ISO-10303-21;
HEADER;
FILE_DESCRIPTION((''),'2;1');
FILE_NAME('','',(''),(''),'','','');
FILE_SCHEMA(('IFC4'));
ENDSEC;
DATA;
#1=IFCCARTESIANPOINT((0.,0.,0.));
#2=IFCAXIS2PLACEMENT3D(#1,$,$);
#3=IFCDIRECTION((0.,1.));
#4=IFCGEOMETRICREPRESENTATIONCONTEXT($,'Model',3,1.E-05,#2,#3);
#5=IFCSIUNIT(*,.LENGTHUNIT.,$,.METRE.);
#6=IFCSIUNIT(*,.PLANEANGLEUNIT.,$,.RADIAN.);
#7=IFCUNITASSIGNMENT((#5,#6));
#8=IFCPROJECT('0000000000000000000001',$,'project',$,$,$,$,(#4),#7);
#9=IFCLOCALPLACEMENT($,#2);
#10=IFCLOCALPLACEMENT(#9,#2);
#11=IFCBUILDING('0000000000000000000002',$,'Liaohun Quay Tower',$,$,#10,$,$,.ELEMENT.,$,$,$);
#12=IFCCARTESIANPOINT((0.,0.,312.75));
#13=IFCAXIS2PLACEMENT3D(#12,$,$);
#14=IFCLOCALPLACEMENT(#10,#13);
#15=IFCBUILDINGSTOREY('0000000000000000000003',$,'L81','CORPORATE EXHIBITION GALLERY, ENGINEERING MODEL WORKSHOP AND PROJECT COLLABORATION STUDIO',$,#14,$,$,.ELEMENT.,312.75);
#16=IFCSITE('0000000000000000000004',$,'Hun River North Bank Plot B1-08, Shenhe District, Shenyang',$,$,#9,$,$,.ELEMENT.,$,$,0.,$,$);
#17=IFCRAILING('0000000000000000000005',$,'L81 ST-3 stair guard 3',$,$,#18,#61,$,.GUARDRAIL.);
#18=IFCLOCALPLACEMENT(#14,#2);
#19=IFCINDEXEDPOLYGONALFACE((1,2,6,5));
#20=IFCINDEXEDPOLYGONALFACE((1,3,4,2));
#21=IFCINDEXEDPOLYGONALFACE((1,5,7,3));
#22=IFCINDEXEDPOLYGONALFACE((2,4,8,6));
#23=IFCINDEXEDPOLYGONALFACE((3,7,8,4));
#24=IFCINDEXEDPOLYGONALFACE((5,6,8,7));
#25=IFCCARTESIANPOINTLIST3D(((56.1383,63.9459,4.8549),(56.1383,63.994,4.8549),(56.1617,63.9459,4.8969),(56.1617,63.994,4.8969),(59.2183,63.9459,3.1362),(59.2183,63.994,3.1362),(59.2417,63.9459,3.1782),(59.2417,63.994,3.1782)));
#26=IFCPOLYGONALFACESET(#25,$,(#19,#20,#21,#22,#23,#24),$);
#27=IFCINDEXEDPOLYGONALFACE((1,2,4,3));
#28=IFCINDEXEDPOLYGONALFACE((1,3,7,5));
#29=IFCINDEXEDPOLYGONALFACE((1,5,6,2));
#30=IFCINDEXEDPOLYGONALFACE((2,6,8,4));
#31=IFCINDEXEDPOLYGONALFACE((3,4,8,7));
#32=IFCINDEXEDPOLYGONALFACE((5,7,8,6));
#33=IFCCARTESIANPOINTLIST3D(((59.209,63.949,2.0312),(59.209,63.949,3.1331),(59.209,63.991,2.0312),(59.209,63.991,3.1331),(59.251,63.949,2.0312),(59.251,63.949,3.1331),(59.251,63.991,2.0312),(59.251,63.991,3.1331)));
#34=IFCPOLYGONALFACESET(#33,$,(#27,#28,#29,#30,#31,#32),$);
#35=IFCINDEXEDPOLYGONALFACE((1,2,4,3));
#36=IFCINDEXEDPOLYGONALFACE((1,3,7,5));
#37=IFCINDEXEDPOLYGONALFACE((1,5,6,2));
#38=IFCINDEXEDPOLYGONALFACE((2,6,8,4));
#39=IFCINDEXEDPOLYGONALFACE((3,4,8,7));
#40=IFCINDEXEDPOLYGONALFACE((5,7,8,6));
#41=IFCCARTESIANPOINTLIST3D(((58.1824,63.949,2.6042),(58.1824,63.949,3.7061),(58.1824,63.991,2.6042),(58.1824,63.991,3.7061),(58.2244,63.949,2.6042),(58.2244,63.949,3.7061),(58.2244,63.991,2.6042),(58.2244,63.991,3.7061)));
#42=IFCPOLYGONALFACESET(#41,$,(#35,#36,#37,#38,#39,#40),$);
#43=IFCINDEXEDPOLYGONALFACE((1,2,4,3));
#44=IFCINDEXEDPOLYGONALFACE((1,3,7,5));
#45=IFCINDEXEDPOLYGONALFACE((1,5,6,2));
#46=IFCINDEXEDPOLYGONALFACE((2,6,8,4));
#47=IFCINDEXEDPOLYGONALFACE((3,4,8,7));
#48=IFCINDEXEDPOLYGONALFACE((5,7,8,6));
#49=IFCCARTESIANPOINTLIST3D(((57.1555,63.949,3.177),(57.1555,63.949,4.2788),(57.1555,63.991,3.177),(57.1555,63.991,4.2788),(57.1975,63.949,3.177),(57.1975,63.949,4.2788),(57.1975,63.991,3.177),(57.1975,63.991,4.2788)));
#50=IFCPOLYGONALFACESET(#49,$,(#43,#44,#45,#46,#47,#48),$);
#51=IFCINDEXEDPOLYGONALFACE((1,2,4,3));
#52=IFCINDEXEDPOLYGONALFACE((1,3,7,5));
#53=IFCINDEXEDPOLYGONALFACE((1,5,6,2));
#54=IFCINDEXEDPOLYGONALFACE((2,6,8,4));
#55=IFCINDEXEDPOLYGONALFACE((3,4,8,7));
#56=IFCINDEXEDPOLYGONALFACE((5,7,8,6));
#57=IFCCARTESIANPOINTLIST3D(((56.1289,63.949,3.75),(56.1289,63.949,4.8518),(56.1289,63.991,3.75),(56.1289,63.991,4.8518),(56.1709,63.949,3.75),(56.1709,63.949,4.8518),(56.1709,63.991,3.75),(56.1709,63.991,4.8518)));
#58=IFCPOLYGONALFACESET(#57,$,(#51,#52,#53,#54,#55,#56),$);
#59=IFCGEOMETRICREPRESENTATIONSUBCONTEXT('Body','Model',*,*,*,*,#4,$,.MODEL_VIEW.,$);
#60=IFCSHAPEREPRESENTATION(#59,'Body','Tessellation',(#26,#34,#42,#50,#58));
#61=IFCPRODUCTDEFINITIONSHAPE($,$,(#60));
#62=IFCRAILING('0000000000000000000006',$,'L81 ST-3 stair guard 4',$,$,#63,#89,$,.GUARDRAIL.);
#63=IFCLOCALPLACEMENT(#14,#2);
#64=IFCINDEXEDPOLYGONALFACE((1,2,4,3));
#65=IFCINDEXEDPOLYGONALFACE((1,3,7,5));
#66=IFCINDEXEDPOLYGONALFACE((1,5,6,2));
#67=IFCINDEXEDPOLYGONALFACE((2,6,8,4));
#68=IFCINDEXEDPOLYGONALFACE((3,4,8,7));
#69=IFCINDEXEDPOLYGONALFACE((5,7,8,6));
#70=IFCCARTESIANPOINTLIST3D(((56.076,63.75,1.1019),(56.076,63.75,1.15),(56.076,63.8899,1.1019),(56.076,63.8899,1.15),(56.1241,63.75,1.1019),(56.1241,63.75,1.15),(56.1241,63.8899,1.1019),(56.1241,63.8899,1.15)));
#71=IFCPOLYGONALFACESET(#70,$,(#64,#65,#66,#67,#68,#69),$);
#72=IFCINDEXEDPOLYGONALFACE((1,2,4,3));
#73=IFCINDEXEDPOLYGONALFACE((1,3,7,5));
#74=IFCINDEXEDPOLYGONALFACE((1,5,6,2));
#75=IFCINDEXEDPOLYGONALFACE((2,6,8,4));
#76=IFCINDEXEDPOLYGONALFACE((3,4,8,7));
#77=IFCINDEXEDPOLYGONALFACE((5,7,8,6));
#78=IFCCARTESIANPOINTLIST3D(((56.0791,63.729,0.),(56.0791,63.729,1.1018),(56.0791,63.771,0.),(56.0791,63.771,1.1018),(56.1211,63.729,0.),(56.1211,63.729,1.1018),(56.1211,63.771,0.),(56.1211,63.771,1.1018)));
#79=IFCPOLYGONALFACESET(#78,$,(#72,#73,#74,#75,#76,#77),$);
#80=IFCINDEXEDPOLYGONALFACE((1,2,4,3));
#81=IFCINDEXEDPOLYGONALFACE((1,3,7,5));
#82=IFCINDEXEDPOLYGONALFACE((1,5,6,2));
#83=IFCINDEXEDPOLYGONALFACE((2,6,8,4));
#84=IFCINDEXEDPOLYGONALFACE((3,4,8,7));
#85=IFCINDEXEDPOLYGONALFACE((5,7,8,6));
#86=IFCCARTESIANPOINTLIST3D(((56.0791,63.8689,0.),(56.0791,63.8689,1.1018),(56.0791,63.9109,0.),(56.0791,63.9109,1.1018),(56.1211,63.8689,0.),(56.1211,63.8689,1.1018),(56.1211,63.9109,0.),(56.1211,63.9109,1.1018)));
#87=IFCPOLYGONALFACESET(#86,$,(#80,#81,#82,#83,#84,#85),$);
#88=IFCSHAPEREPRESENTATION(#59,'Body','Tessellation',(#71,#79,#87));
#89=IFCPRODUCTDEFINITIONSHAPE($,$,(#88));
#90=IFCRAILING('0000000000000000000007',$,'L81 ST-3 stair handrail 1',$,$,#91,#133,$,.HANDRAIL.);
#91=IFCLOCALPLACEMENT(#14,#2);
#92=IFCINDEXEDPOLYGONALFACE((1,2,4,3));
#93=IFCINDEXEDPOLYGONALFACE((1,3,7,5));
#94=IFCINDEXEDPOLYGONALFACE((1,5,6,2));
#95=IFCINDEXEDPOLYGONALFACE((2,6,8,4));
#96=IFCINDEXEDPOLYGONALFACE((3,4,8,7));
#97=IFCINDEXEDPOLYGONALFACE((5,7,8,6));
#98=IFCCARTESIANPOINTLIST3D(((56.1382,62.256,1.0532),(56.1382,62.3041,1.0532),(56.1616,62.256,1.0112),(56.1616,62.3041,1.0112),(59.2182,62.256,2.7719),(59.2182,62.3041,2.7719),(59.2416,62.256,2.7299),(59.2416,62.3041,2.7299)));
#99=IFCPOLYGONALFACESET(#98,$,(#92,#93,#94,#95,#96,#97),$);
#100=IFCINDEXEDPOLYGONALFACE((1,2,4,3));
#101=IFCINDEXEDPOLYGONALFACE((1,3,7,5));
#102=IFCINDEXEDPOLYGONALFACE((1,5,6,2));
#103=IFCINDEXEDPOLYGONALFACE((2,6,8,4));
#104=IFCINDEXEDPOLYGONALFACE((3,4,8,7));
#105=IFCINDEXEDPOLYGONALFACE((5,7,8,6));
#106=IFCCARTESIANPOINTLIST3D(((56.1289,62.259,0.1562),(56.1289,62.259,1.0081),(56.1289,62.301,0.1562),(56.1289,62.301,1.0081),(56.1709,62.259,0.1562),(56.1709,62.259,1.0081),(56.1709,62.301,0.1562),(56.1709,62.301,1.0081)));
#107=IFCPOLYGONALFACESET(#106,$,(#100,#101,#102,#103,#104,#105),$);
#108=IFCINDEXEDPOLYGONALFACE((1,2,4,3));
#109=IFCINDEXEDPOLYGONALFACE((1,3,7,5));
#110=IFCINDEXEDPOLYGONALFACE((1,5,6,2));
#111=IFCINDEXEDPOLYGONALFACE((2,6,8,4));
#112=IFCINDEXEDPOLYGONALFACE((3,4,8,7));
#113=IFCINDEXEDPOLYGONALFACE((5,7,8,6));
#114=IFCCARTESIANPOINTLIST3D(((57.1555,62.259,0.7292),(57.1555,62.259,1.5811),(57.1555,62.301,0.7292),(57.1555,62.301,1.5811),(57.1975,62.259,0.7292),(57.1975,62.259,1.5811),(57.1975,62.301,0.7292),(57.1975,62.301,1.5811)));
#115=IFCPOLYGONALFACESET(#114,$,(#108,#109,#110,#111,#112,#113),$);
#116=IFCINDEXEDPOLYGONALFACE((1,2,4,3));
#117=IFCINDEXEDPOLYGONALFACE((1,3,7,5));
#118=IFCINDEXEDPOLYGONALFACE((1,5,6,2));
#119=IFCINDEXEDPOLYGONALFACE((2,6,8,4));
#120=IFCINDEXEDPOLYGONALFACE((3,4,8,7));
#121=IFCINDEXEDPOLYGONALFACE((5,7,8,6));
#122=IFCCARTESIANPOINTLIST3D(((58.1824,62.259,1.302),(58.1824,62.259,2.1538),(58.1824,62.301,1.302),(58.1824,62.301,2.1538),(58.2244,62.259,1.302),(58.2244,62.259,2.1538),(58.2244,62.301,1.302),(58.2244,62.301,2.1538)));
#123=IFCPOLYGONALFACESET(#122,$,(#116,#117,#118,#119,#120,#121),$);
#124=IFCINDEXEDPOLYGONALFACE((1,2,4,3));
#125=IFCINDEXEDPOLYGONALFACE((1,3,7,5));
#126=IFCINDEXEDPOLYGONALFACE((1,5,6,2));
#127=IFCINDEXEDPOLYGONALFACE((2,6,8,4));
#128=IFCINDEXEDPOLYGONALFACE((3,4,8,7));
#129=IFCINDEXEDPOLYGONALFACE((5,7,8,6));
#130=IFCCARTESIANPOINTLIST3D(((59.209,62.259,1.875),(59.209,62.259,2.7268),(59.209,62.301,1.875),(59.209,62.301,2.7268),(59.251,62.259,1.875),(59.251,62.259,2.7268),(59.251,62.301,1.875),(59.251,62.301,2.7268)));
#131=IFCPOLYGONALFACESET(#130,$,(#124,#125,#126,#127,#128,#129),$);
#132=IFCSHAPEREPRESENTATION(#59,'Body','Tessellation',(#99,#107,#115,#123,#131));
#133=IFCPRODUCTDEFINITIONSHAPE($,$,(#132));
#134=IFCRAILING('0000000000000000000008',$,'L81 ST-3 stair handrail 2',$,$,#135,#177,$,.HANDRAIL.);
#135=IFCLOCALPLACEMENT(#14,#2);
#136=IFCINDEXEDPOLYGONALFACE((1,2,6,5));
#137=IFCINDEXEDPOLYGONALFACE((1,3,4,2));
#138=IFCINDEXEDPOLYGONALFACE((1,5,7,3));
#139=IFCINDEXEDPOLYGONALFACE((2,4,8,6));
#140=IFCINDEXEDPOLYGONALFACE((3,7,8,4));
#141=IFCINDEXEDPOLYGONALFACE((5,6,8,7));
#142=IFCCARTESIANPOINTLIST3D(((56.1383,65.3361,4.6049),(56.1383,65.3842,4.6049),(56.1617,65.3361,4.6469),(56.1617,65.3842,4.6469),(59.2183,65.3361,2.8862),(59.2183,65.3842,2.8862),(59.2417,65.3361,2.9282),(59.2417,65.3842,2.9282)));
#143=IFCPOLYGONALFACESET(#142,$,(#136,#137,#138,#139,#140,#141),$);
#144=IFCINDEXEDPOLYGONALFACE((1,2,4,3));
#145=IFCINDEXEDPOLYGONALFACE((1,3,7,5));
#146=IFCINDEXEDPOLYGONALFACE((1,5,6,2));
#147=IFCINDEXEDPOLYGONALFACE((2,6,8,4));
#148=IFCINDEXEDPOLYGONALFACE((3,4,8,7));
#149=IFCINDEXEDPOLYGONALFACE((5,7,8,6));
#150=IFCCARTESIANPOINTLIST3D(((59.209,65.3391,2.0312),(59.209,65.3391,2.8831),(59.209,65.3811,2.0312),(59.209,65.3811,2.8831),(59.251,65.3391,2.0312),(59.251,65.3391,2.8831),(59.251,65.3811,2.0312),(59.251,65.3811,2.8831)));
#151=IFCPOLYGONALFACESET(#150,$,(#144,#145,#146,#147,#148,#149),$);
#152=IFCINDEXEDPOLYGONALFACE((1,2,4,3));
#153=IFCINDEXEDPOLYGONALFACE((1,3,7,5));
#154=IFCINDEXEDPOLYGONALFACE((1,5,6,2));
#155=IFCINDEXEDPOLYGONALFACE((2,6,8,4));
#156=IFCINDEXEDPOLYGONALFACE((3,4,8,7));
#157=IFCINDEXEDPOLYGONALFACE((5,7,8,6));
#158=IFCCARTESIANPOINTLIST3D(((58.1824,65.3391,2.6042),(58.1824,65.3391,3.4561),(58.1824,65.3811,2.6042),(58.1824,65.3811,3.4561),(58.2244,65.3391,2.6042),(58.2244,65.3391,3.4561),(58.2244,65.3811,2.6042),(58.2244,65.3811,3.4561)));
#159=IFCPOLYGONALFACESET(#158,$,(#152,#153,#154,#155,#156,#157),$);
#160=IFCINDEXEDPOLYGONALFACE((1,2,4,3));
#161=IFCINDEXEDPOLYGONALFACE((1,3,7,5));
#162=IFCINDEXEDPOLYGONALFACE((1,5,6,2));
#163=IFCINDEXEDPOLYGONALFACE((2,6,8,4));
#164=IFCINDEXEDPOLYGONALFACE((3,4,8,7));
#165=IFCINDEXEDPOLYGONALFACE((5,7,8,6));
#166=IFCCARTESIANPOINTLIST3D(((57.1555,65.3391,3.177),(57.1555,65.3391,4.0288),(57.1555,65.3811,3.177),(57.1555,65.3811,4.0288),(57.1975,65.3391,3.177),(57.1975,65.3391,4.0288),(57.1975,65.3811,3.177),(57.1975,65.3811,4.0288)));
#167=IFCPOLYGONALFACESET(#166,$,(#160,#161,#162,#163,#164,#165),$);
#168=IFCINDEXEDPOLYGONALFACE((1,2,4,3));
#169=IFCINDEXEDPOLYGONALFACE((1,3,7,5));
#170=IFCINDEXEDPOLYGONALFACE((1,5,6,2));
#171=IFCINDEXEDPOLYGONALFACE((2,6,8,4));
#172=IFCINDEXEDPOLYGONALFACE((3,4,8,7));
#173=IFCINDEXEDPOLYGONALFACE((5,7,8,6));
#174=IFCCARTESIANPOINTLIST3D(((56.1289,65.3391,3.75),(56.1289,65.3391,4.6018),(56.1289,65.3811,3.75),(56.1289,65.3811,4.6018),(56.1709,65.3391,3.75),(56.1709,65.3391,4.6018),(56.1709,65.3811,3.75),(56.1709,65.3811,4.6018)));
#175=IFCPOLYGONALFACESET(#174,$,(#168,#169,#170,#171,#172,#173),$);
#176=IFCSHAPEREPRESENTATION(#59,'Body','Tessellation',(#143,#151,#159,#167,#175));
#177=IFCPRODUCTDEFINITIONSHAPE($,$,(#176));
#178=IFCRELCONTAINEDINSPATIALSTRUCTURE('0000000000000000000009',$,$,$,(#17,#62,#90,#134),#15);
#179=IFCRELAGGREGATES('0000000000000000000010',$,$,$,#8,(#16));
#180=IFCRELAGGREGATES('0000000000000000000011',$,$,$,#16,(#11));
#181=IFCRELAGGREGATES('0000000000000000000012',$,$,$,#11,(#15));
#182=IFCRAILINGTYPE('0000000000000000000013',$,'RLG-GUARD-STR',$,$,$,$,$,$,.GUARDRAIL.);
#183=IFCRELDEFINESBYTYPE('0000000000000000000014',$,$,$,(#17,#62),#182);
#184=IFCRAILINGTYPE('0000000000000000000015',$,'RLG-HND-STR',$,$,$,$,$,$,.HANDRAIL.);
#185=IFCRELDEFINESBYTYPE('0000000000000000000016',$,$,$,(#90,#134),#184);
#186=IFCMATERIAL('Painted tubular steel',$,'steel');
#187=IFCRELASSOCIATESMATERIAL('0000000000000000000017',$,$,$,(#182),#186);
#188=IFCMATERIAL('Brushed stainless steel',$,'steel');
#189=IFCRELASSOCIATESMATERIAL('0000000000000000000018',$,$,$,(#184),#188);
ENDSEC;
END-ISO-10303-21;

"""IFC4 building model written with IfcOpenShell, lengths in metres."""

from ifc_helpers import new_model, si_unit, direction, frame, origin, origin_2d, place, context, subcontext, project, spatial, rectangle, extrude, material, type_object, element, save


model = new_model("IFC4")

# Units and contexts
model_context = context("Model", 3, precision=1e-05, world=origin(), true_north=direction((0.0, 1.0)))
body_context = subcontext(model_context, "Body", "Model", "MODEL_VIEW")
ifc_project = project(units=[si_unit("LENGTHUNIT", "METRE"), si_unit("PLANEANGLEUNIT", "RADIAN")], contexts=[model_context])

# Site, building, storey
site_placement = place(None, origin())
site = spatial("IfcSite", under=ifc_project, at=site_placement, Name="Hun River North Bank Plot B1-08, Shenhe District, Shenyang", CompositionType="ELEMENT", RefElevation=0.0)
building_placement = place(site_placement, origin())
building = spatial("IfcBuilding", under=site, at=building_placement, Name="Liaohun Quay Tower", CompositionType="ELEMENT")
storey_placement = place(building_placement, frame((0.0, 0.0, 312.75)))
storey = spatial("IfcBuildingStorey", under=building, at=storey_placement, Name="L81", Description="CORPORATE EXHIBITION GALLERY, ENGINEERING MODEL WORKSHOP AND PROJECT COLLABORATION STUDIO", CompositionType="ELEMENT", Elevation=312.75)

# Railings
ifc_material_1 = material(Name="Painted tubular steel", Category="steel")
railing_type_1 = type_object("IfcRailingType", Name="RLG-GUARD-STR", PredefinedType="GUARDRAIL", material=ifc_material_1)
railing_1_placement = place(storey_placement, frame((59.23, 63.97, 2.0312)))
element("IfcRailing", 1, at=railing_1_placement, inside=storey, type_object=railing_type_1, Name="L81 ST-3 stair guard 3", PredefinedType="GUARDRAIL", context=body_context, shape_type="SweptSolid", body=[
    extrude(rectangle(XDim=0.0481, YDim=0.0481, at=origin_2d()), frame((0.0, 0.0, 1.126), z_axis=(-0.873242, 0.0, 0.487288), x_axis=(0.0, -1.0, 0.0)), (0.0, 0.0, 1.0), 3.5271),
    extrude(rectangle(XDim=0.042, YDim=0.042, at=origin_2d()), origin(), (0.0, 0.0, 1.0), 1.1018),
    extrude(rectangle(XDim=0.042, YDim=0.042, at=origin_2d()), frame((-1.0266, 0.0, 0.573)), (0.0, 0.0, 1.0), 1.1018),
    extrude(rectangle(XDim=0.042, YDim=0.042, at=origin_2d()), frame((-2.0535, 0.0, 1.1458)), (0.0, 0.0, 1.0), 1.1018),
    extrude(rectangle(XDim=0.042, YDim=0.042, at=origin_2d()), frame((-3.0801, 0.0, 1.7188)), (0.0, 0.0, 1.0), 1.1018),
])
railing_2_placement = place(storey_placement, frame((56.1001, 63.75, 0.0)))
element("IfcRailing", 2, at=railing_2_placement, inside=storey, type_object=railing_type_1, Name="L81 ST-3 stair guard 4", PredefinedType="GUARDRAIL", context=body_context, shape_type="SweptSolid", body=[
    extrude(rectangle(XDim=0.0481, YDim=0.0481, at=origin_2d()), frame((0.0, 0.0, 1.126), z_axis=(0.0, 1.0, 0.0), x_axis=(-1.0, 0.0, 0.0)), (0.0, 0.0, 1.0), 0.1399),
    extrude(rectangle(XDim=0.042, YDim=0.042, at=origin_2d()), origin(), (0.0, 0.0, 1.0), 1.1018),
    extrude(rectangle(XDim=0.042, YDim=0.042, at=origin_2d()), frame((0.0, 0.1399, 0.0)), (0.0, 0.0, 1.0), 1.1018),
])
ifc_material_2 = material(Name="Brushed stainless steel", Category="steel")
railing_type_2 = type_object("IfcRailingType", Name="RLG-HND-STR", PredefinedType="HANDRAIL", material=ifc_material_2)
railing_3_placement = place(storey_placement, frame((56.1499, 62.28, 0.1562)))
element("IfcRailing", 3, at=railing_3_placement, inside=storey, type_object=railing_type_2, Name="L81 ST-3 stair handrail 1", PredefinedType="HANDRAIL", context=body_context, shape_type="SweptSolid", body=[
    extrude(rectangle(XDim=0.0481, YDim=0.0481, at=origin_2d()), frame((0.0, 0.0, 0.876), z_axis=(0.873242, 0.0, 0.487288), x_axis=(0.0, 1.0, 0.0)), (0.0, 0.0, 1.0), 3.5271),
    extrude(rectangle(XDim=0.042, YDim=0.042, at=origin_2d()), origin(), (0.0, 0.0, 1.0), 0.8518),
    extrude(rectangle(XDim=0.042, YDim=0.042, at=origin_2d()), frame((1.0266, 0.0, 0.573)), (0.0, 0.0, 1.0), 0.8518),
    extrude(rectangle(XDim=0.042, YDim=0.042, at=origin_2d()), frame((2.0535, 0.0, 1.1458)), (0.0, 0.0, 1.0), 0.8518),
    extrude(rectangle(XDim=0.042, YDim=0.042, at=origin_2d()), frame((3.0801, 0.0, 1.7188)), (0.0, 0.0, 1.0), 0.8518),
])
railing_4_placement = place(storey_placement, frame((59.23, 65.3601, 2.0312)))
element("IfcRailing", 4, at=railing_4_placement, inside=storey, type_object=railing_type_2, Name="L81 ST-3 stair handrail 2", PredefinedType="HANDRAIL", context=body_context, shape_type="SweptSolid", body=[
    extrude(rectangle(XDim=0.0481, YDim=0.0481, at=origin_2d()), frame((0.0, 0.0, 0.876), z_axis=(-0.873242, 0.0, 0.487288), x_axis=(0.0, -1.0, 0.0)), (0.0, 0.0, 1.0), 3.5271),
    extrude(rectangle(XDim=0.042, YDim=0.042, at=origin_2d()), origin(), (0.0, 0.0, 1.0), 0.8518),
    extrude(rectangle(XDim=0.042, YDim=0.042, at=origin_2d()), frame((-1.0266, 0.0, 0.573)), (0.0, 0.0, 1.0), 0.8518),
    extrude(rectangle(XDim=0.042, YDim=0.042, at=origin_2d()), frame((-2.0535, 0.0, 1.1458)), (0.0, 0.0, 1.0), 0.8518),
    extrude(rectangle(XDim=0.042, YDim=0.042, at=origin_2d()), frame((-3.0801, 0.0, 1.7188)), (0.0, 0.0, 1.0), 0.8518),
])

save(model, "model.ifc")
